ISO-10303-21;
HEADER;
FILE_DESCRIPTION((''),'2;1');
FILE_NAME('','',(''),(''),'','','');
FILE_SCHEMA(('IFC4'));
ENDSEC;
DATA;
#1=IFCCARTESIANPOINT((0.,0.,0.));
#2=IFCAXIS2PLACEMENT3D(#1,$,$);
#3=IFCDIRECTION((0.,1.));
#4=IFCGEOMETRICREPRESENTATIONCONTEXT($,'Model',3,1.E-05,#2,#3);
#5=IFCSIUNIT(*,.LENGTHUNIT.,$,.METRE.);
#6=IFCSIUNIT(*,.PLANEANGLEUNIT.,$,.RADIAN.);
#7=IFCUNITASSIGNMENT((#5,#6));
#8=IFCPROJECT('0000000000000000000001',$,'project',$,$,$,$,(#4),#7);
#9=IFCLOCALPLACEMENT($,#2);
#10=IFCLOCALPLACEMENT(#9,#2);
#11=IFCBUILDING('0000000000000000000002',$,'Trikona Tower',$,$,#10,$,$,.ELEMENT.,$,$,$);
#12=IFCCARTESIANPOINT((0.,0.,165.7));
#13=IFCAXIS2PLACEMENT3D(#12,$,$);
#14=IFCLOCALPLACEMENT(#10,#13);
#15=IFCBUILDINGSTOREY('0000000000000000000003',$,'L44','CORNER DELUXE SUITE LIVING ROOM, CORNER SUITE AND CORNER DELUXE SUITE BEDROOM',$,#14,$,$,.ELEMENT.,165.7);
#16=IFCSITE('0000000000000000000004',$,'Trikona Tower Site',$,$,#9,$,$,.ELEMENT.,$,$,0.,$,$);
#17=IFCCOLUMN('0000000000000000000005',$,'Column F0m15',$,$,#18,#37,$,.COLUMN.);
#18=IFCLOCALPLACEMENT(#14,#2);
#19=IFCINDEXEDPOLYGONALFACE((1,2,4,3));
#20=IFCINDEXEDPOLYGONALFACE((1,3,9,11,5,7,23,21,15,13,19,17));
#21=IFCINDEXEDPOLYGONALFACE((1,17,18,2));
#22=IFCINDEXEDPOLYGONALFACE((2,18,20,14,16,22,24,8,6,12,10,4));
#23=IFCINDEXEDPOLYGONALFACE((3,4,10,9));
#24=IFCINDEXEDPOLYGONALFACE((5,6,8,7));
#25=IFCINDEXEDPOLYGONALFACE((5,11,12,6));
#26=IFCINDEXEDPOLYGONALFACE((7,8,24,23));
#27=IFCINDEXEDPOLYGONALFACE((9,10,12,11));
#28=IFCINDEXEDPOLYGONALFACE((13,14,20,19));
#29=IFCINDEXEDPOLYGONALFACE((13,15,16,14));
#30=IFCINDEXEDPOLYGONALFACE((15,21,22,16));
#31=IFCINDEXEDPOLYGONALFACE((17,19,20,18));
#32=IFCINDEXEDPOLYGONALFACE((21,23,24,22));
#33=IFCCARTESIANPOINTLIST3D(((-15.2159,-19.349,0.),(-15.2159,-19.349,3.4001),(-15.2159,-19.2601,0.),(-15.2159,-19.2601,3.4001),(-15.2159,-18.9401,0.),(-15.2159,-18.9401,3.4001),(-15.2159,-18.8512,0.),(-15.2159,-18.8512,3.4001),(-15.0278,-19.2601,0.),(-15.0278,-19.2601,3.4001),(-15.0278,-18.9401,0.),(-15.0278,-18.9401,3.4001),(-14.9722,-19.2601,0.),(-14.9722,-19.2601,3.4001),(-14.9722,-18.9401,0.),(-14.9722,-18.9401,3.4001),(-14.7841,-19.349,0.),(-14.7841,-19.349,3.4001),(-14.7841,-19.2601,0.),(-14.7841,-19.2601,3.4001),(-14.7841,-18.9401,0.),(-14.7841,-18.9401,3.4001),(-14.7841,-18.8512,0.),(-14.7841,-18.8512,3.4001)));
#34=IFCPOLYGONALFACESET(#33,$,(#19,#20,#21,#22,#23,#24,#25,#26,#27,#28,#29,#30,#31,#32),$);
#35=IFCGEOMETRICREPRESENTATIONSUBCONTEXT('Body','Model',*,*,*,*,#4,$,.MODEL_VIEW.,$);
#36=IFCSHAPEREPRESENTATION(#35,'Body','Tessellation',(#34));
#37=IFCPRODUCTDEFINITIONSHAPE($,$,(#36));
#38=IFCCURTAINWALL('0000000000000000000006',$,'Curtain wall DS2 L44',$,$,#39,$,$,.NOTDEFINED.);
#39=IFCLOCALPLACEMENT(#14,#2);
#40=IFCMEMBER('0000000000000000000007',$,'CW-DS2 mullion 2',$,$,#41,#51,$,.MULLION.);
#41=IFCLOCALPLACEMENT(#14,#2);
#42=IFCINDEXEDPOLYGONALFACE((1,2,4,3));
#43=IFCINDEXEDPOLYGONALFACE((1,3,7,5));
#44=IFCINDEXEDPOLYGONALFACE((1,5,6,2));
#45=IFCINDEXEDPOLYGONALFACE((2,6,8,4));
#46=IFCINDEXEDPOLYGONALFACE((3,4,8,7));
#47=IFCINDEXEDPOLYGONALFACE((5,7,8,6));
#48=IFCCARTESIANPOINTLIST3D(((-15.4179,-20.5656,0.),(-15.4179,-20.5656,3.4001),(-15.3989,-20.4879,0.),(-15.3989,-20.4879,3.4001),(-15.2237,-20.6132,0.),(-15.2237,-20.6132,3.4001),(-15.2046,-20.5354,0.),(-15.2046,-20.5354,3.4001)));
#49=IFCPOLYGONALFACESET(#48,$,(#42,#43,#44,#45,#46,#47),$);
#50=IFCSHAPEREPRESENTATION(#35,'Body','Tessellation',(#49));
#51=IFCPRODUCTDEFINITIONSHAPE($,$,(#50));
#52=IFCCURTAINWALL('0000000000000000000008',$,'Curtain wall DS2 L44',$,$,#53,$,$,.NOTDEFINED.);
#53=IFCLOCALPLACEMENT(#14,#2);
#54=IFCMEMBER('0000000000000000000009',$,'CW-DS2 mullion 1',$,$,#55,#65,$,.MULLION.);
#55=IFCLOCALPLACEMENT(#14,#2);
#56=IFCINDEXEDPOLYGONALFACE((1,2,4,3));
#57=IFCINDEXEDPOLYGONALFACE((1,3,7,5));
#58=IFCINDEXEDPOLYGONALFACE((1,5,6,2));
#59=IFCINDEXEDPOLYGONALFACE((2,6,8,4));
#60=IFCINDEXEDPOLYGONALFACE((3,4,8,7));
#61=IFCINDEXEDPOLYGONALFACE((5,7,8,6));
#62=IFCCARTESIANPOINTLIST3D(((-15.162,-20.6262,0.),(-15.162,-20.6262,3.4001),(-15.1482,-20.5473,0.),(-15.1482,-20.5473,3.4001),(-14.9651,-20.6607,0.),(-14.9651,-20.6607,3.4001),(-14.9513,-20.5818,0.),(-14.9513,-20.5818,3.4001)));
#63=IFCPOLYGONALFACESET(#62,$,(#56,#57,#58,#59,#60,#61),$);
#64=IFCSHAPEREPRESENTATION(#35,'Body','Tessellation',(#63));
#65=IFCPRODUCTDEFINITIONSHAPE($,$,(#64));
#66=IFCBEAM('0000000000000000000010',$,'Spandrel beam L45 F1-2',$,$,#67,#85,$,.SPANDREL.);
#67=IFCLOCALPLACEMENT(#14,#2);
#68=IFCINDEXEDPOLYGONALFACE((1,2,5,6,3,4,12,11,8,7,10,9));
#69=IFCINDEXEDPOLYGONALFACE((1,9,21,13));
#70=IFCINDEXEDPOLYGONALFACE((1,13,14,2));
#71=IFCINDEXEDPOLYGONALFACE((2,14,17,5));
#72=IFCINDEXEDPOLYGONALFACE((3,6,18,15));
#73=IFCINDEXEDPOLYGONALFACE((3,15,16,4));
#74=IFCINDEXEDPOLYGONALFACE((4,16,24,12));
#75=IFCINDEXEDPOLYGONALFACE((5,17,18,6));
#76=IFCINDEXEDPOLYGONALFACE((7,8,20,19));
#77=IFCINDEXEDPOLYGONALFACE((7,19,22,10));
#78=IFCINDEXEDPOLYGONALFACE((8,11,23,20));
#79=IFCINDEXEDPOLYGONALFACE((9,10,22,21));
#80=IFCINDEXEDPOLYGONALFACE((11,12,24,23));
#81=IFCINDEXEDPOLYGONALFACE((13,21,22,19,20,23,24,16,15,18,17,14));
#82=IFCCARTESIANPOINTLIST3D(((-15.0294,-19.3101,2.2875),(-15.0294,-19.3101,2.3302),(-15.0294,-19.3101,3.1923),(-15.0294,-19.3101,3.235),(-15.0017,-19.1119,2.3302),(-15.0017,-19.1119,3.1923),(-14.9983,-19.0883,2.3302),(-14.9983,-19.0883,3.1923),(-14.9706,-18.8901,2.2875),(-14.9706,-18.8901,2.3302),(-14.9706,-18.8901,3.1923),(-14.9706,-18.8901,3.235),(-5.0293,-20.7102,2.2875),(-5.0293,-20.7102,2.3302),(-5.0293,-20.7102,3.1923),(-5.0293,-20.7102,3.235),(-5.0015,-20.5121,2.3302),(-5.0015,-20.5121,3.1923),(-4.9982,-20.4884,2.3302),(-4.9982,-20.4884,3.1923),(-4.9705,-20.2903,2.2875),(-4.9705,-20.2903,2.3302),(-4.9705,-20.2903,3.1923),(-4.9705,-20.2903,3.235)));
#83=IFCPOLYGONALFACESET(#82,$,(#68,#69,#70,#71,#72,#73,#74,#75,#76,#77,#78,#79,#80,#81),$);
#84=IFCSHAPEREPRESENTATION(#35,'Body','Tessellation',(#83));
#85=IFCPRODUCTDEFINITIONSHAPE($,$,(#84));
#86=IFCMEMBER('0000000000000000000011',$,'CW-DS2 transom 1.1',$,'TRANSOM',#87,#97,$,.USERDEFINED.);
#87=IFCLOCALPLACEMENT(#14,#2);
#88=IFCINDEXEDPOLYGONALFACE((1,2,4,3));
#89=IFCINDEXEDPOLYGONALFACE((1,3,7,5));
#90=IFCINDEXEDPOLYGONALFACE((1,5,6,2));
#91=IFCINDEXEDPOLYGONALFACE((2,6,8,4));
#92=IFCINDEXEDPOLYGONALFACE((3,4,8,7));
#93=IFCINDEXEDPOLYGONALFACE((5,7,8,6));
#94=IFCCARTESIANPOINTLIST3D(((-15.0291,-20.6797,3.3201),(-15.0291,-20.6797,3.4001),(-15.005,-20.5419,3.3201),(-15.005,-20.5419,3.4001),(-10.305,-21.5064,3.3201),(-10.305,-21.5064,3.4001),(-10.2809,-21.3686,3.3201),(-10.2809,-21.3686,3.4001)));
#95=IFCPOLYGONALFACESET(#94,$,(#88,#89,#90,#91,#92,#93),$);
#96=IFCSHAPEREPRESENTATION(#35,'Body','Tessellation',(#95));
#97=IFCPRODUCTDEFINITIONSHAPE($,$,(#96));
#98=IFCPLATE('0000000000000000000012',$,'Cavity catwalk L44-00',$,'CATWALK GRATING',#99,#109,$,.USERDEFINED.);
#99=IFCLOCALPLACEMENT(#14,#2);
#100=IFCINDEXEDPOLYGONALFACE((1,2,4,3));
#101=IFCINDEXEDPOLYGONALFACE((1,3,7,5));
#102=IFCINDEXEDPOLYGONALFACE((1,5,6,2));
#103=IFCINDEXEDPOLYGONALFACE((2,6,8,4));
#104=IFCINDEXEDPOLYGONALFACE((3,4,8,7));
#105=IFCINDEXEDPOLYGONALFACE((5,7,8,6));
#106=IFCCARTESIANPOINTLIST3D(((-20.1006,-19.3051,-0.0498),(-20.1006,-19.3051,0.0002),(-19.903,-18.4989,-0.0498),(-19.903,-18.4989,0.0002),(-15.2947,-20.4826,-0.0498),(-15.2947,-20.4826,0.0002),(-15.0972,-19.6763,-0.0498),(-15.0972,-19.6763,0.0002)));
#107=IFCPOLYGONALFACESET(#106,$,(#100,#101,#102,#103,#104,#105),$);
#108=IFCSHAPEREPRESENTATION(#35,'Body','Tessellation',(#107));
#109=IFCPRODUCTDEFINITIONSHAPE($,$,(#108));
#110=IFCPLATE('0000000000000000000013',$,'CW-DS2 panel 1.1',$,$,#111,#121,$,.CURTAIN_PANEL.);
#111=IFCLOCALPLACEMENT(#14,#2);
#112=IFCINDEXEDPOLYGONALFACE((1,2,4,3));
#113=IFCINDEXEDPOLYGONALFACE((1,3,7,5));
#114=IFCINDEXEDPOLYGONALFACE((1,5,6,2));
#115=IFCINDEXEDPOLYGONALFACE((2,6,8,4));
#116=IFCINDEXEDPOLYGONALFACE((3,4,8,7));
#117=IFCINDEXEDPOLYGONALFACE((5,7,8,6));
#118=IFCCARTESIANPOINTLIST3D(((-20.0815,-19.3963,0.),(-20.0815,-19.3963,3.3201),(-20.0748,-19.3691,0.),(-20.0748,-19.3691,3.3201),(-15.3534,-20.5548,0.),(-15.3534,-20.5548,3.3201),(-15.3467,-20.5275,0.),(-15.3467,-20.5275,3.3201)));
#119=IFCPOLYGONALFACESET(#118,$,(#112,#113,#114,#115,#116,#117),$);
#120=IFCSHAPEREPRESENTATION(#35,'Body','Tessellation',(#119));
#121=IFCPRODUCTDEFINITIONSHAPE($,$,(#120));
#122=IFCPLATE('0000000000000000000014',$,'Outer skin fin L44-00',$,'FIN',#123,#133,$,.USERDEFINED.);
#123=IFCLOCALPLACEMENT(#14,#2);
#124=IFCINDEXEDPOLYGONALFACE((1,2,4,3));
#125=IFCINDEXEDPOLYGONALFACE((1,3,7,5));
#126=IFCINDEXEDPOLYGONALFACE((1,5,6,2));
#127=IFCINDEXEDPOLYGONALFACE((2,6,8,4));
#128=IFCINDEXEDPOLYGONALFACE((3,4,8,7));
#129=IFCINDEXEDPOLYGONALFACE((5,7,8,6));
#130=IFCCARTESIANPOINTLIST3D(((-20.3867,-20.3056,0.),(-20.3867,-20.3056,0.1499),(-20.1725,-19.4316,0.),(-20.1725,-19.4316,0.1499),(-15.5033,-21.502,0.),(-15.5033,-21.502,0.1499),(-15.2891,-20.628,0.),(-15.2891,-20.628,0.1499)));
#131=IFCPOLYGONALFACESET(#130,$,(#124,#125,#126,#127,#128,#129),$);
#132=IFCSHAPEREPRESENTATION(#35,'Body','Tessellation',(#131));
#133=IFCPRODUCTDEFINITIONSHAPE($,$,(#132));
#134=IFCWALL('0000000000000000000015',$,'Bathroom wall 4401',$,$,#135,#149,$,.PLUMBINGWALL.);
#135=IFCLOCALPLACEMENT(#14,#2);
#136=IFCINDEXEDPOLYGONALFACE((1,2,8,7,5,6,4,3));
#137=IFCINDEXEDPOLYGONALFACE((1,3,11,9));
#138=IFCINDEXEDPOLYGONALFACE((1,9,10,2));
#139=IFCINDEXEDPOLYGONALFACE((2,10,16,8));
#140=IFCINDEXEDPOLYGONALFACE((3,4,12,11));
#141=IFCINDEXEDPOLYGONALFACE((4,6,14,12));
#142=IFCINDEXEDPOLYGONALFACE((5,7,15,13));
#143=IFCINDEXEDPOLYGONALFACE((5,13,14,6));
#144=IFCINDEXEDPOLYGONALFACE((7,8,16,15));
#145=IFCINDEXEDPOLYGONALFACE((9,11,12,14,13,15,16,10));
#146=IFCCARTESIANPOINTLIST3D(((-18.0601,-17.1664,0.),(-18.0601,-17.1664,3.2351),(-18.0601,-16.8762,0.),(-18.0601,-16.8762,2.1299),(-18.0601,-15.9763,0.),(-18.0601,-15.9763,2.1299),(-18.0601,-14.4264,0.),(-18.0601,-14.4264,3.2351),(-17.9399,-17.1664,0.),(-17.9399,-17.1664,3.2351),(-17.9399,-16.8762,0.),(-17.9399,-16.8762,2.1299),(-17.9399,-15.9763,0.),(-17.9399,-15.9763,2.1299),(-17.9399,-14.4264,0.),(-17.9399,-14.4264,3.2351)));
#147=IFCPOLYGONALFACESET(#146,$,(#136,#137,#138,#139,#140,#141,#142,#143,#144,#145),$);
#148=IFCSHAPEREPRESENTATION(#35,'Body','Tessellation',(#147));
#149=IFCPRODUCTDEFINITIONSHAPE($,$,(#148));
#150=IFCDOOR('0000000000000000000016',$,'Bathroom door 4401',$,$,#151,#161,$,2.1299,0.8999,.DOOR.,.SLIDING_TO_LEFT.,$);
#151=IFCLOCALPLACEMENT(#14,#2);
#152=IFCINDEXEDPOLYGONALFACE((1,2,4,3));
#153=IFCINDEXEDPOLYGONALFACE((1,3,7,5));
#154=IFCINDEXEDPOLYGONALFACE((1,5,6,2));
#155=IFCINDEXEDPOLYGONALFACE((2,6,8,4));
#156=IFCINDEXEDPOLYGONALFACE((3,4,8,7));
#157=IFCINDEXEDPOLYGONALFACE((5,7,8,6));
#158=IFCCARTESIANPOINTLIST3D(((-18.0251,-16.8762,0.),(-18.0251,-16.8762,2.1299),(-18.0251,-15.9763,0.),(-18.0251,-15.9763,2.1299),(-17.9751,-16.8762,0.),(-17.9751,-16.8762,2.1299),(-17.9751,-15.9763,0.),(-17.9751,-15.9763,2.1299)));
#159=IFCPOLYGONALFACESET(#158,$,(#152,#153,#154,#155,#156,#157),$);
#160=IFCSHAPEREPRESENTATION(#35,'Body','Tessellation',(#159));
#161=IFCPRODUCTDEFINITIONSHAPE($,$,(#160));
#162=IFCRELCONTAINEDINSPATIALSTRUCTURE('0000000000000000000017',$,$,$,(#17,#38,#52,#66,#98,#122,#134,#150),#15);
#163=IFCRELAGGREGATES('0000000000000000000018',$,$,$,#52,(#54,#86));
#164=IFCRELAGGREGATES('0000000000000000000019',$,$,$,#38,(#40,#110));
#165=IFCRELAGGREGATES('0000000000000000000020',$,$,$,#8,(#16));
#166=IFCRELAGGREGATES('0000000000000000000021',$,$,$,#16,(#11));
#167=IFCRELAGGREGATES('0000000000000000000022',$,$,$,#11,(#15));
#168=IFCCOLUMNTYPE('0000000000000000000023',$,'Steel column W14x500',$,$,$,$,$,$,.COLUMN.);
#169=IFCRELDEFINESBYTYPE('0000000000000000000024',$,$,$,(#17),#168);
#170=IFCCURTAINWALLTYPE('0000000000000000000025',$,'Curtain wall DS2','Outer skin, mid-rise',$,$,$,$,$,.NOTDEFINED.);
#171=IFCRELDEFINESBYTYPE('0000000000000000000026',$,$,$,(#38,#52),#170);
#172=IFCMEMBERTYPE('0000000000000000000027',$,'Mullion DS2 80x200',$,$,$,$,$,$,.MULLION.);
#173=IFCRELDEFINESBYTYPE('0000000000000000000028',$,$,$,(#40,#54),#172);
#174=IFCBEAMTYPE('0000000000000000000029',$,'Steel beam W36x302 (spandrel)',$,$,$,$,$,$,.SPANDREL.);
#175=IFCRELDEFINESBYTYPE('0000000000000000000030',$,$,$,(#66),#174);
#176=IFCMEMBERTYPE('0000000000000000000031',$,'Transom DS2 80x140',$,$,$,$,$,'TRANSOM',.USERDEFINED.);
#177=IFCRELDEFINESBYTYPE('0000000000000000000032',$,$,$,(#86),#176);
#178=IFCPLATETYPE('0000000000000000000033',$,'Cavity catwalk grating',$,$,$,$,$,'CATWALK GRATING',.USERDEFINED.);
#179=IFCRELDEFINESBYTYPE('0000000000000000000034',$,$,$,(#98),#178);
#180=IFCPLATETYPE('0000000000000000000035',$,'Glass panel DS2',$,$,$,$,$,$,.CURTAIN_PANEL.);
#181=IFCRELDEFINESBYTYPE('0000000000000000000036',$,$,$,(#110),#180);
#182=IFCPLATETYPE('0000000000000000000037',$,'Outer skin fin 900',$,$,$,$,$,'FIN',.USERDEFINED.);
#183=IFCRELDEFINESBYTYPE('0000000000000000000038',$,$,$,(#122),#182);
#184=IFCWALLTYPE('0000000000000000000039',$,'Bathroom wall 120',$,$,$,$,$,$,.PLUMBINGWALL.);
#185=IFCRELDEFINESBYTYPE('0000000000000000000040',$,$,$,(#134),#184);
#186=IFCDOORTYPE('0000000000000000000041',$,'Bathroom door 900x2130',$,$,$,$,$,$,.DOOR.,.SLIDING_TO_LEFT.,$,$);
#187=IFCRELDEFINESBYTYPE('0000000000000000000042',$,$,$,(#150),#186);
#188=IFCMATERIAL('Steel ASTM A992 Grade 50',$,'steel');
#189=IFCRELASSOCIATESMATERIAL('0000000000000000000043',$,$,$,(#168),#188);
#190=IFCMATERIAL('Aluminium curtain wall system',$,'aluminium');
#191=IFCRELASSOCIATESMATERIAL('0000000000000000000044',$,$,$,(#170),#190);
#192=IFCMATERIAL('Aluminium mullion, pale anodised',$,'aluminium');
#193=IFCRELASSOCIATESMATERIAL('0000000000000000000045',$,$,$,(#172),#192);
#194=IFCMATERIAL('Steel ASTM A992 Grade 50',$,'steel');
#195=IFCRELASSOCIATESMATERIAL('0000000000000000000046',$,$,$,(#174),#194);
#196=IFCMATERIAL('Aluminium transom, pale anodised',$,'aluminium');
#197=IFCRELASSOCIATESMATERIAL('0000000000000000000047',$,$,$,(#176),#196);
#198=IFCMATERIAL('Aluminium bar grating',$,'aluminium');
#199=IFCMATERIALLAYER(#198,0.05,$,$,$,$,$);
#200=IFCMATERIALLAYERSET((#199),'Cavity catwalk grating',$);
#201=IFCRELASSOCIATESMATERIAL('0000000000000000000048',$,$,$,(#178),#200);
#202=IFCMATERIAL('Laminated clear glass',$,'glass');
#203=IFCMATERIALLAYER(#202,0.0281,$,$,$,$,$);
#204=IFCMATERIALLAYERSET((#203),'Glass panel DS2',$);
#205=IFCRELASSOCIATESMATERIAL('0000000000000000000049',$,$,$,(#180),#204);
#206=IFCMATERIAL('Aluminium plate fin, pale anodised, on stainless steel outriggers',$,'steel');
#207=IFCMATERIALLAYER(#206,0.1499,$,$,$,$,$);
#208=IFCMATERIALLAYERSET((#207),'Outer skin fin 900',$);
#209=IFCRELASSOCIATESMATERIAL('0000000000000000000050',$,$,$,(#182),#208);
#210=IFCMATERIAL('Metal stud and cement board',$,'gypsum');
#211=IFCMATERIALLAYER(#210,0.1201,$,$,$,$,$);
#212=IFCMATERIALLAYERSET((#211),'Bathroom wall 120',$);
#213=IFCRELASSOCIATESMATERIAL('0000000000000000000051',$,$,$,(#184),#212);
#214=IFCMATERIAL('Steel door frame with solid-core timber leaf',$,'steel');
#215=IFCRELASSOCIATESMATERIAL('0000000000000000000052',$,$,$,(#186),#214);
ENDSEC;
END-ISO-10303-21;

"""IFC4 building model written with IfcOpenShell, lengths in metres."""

from ifc_helpers import new_model, si_unit, direction, frame, frame_2d, origin, origin_2d, place, context, subcontext, project, spatial, rectangle, i_section, extrude, material, layer, layer_set, material_profile, profile_set, type_object, element, fill, aggregate, save


model = new_model("IFC4")

# Units and contexts
model_context = context("Model", 3, precision=1e-05, world=origin(), true_north=direction((0.0, 1.0)))
body_context = subcontext(model_context, "Body", "Model", "MODEL_VIEW")
ifc_project = project(units=[si_unit("LENGTHUNIT", "METRE"), si_unit("PLANEANGLEUNIT", "RADIAN")], contexts=[model_context])

# Site, building, storey
site_placement = place(None, origin())
site = spatial("IfcSite", under=ifc_project, at=site_placement, Name="Trikona Tower Site", CompositionType="ELEMENT", RefElevation=0.0)
building_placement = place(site_placement, origin())
building = spatial("IfcBuilding", under=site, at=building_placement, Name="Trikona Tower", CompositionType="ELEMENT")
storey_placement = place(building_placement, frame((0.0, 0.0, 165.7)))
storey = spatial("IfcBuildingStorey", under=building, at=storey_placement, Name="L44", Description="CORNER DELUXE SUITE LIVING ROOM, CORNER SUITE AND CORNER DELUXE SUITE BEDROOM", CompositionType="ELEMENT", Elevation=165.7)

# Column
ifc_material_1 = material(Name="Steel ASTM A992 Grade 50", Category="steel")
ifc_material_profile_1 = material_profile(ifc_material_1, i_section(OverallWidth=0.4319, OverallDepth=0.4978, WebThickness=0.0557, FlangeThickness=0.0889, at=origin_2d()), Name="W14X500")
ifc_profile_set_1 = profile_set([ifc_material_profile_1], Name="Steel ASTM A992 Grade 50")
column_type = type_object("IfcColumnType", Name="Steel column W14x500", PredefinedType="COLUMN", material=ifc_profile_set_1)
column_placement = place(storey_placement, frame((-15.0, -19.1001, 0.0), z_axis=(0.0, 0.0, 1.0), x_axis=(1.0, 0.0, 0.0)))
element("IfcColumn", 1, at=column_placement, inside=storey, type_object=column_type, Name="Column F0m15", PredefinedType="COLUMN", context=body_context, shape_type="SweptSolid", body=[
    extrude(i_section(OverallWidth=0.4319, OverallDepth=0.4978, WebThickness=0.0557, FlangeThickness=0.0889, at=origin_2d()), origin(), (0.0, 0.0, 1.0), 3.4001),
])

# Curtain walls, members
ifc_material_2 = material(Name="Aluminium curtain wall system", Category="aluminium")
curtain_wall_type = type_object("IfcCurtainWallType", Name="Curtain wall DS2", Description="Outer skin, mid-rise", PredefinedType="NOTDEFINED", material=ifc_material_2)
curtain_wall_1_placement = place(storey_placement, origin())
curtain_wall_1 = element("IfcCurtainWall", 2, at=curtain_wall_1_placement, inside=storey, type_object=curtain_wall_type, Name="Curtain wall DS2 L44", PredefinedType="NOTDEFINED")
ifc_material_3 = material(Name="Aluminium mullion, pale anodised", Category="aluminium")
ifc_material_profile_2 = material_profile(ifc_material_3, rectangle(XDim=0.0801, YDim=0.2, at=origin_2d()), Name="MUL-DS2")
ifc_profile_set_2 = profile_set([ifc_material_profile_2], Name="Aluminium mullion, pale anodised")
member_type_1 = type_object("IfcMemberType", Name="Mullion DS2 80x200", PredefinedType="MULLION", material=ifc_profile_set_2)
member_1_placement = place(storey_placement, frame((-15.3113, -20.5505, 0.0), z_axis=(0.0, 0.0, 1.0), x_axis=(0.23797, 0.971272, 0.0)))
member_1 = element("IfcMember", 3, at=member_1_placement, type_object=member_type_1, Name="CW-DS2 mullion 2", PredefinedType="MULLION", context=body_context, shape_type="SweptSolid", body=[
    extrude(rectangle(XDim=0.0801, YDim=0.2, at=origin_2d()), origin(), (0.0, 0.0, 1.0), 3.4001),
])
curtain_wall_2_placement = place(storey_placement, origin())
curtain_wall_2 = element("IfcCurtainWall", 4, at=curtain_wall_2_placement, inside=storey, type_object=curtain_wall_type, Name="Curtain wall DS2 L44", PredefinedType="NOTDEFINED")
member_2_placement = place(storey_placement, frame((-15.0566, -20.604, 0.0), z_axis=(0.0, 0.0, 1.0), x_axis=(0.172377, 0.985031, 0.0)))
member_2 = element("IfcMember", 5, at=member_2_placement, type_object=member_type_1, Name="CW-DS2 mullion 1", PredefinedType="MULLION", context=body_context, shape_type="SweptSolid", body=[
    extrude(rectangle(XDim=0.0801, YDim=0.2, at=origin_2d()), origin(), (0.0, 0.0, 1.0), 3.4001),
])

# Beam
ifc_material_4 = material(Name="Steel ASTM A992 Grade 50", Category="steel")
ifc_material_profile_3 = material_profile(ifc_material_4, i_section(OverallWidth=0.4241, OverallDepth=0.9475, WebThickness=0.0239, FlangeThickness=0.0427, at=origin_2d()), Name="W36X302")
ifc_profile_set_3 = profile_set([ifc_material_profile_3], Name="Steel ASTM A992 Grade 50")
beam_type = type_object("IfcBeamType", Name="Steel beam W36x302 (spandrel)", PredefinedType="SPANDREL", material=ifc_profile_set_3)
beam_placement = place(storey_placement, frame((-15.0, -19.1001, 2.7612), z_axis=(0.99034, -0.138662, 0.0), x_axis=(0.138662, 0.99034, 0.0)))
element("IfcBeam", 6, at=beam_placement, inside=storey, type_object=beam_type, Name="Spandrel beam L45 F1-2", PredefinedType="SPANDREL", context=body_context, shape_type="SweptSolid", body=[
    extrude(i_section(OverallWidth=0.4241, OverallDepth=0.9475, WebThickness=0.0239, FlangeThickness=0.0427, at=origin_2d()), origin(), (0.0, 0.0, 1.0), 10.0977),
])

# Member
ifc_material_5 = material(Name="Aluminium transom, pale anodised", Category="aluminium")
ifc_material_profile_4 = material_profile(ifc_material_5, rectangle(XDim=0.1399, YDim=0.0801, at=origin_2d()), Name="TRN-DS2")
ifc_profile_set_4 = profile_set([ifc_material_profile_4], Name="Aluminium transom, pale anodised")
member_type_2 = type_object("IfcMemberType", Name="Transom DS2 80x140", ElementType="TRANSOM", PredefinedType="USERDEFINED", material=ifc_profile_set_4)
member_3_placement = place(storey_placement, frame((-15.0171, -20.6108, 3.3601), z_axis=(0.985033, -0.172368, 0.0), x_axis=(0.172368, 0.985033, 0.0)))
member_3 = element("IfcMember", 7, at=member_3_placement, type_object=member_type_2, Name="CW-DS2 transom 1.1", ObjectType="TRANSOM", PredefinedType="USERDEFINED", context=body_context, shape_type="SweptSolid", body=[
    extrude(rectangle(XDim=0.1399, YDim=0.0801, at=origin_2d()), origin(), (0.0, 0.0, 1.0), 4.7959),
])
aggregate(curtain_wall_2, [member_2, member_3])

# Plates
ifc_material_6 = material(Name="Aluminium bar grating", Category="aluminium")
ifc_layer_1 = layer(ifc_material_6, 0.05)
ifc_layer_set_1 = layer_set([ifc_layer_1], Name="Cavity catwalk grating")
plate_type_1 = type_object("IfcPlateType", Name="Cavity catwalk grating", ElementType="CATWALK GRATING", PredefinedType="USERDEFINED", material=ifc_layer_set_1)
plate_1_placement = place(storey_placement, frame((-17.5989, -19.4907, -0.0498), z_axis=(0.0, 0.0, 1.0), x_axis=(0.971274, -0.237962, 0.0)))
element("IfcPlate", 8, at=plate_1_placement, inside=storey, type_object=plate_type_1, Name="Cavity catwalk L44-00", ObjectType="CATWALK GRATING", PredefinedType="USERDEFINED", context=body_context, shape_type="SweptSolid", body=[
    extrude(rectangle(XDim=4.948, YDim=0.8301, at=origin_2d()), origin(), (0.0, 0.0, 1.0), 0.05),
])
ifc_material_7 = material(Name="Laminated clear glass", Category="glass")
ifc_layer_2 = layer(ifc_material_7, 0.0281)
ifc_layer_set_2 = layer_set([ifc_layer_2], Name="Glass panel DS2")
plate_type_2 = type_object("IfcPlateType", Name="Glass panel DS2", PredefinedType="CURTAIN_PANEL", material=ifc_layer_set_2)
plate_2_placement = place(storey_placement, frame((-17.7141, -19.9619, 0.0), z_axis=(0.0, 0.0, 1.0), x_axis=(0.971272, -0.23797, 0.0)))
plate_2 = element("IfcPlate", 9, at=plate_2_placement, type_object=plate_type_2, Name="CW-DS2 panel 1.1", PredefinedType="CURTAIN_PANEL", context=body_context, shape_type="SweptSolid", body=[
    extrude(rectangle(XDim=4.8679, YDim=0.0281, at=origin_2d()), origin(), (0.0, 0.0, 1.0), 3.3201),
])
aggregate(curtain_wall_1, [member_1, plate_2])
ifc_material_8 = material(Name="Aluminium plate fin, pale anodised, on stainless steel outriggers", Category="steel")
ifc_layer_3 = layer(ifc_material_8, 0.1499)
ifc_layer_set_3 = layer_set([ifc_layer_3], Name="Outer skin fin 900")
plate_type_3 = type_object("IfcPlateType", Name="Outer skin fin 900", ElementType="FIN", PredefinedType="USERDEFINED", material=ifc_layer_set_3)
plate_3_placement = place(storey_placement, frame((-17.8379, -20.4668, 0.0), z_axis=(0.0, 0.0, 1.0), x_axis=(0.971274, -0.237962, 0.0)))
element("IfcPlate", 10, at=plate_3_placement, inside=storey, type_object=plate_type_3, Name="Outer skin fin L44-00", ObjectType="FIN", PredefinedType="USERDEFINED", context=body_context, shape_type="SweptSolid", body=[
    extrude(rectangle(XDim=5.0278, YDim=0.8999, at=origin_2d()), origin(), (0.0, 0.0, 1.0), 0.1499),
])

# Wall, opening, door
ifc_material_9 = material(Name="Metal stud and cement board", Category="gypsum")
ifc_layer_4 = layer(ifc_material_9, 0.1201)
ifc_layer_set_4 = layer_set([ifc_layer_4], Name="Bathroom wall 120")
wall_type_1 = type_object("IfcWallType", Name="Bathroom wall 120", PredefinedType="PLUMBINGWALL", material=ifc_layer_set_4)
wall_1_placement = place(storey_placement, frame((-18.0, -14.4263, 0.0), z_axis=(0.0, 0.0, 1.0), x_axis=(0.0, -1.0, 0.0)))
wall_1 = element("IfcWall", 11, at=wall_1_placement, inside=storey, type_object=wall_type_1, Name="Bathroom wall 4401", PredefinedType="PLUMBINGWALL", context=body_context, shape_type="SweptSolid", body=[
    extrude(rectangle(XDim=2.74, YDim=0.1201, at=frame_2d((1.3701, 0.0))), origin(), (0.0, 0.0, 1.0), 3.2351),
])
opening_1_placement = place(wall_1_placement, frame((1.55, 0.0, 0.0)))
opening_1 = element("IfcOpeningElement", 12, at=opening_1_placement, cuts=wall_1, PredefinedType="OPENING", context=body_context, shape_type="SweptSolid", body=[
    extrude(rectangle(XDim=0.8999, YDim=2.1299, at=frame_2d((0.45, 1.0649))), frame((0.0, 0.0701, 0.0), z_axis=(0.0, -1.0, 0.0), x_axis=(1.0, 0.0, 0.0)), (0.0, 0.0, 1.0), 0.1401),
])
ifc_material_10 = material(Name="Steel door frame with solid-core timber leaf", Category="steel")
door_type = type_object("IfcDoorType", Name="Bathroom door 900x2130", OperationType="SLIDING_TO_LEFT", PredefinedType="DOOR", material=ifc_material_10)
door_placement = place(opening_1_placement, origin())
door = element("IfcDoor", 13, at=door_placement, inside=storey, type_object=door_type, Name="Bathroom door 4401", OperationType="SLIDING_TO_LEFT", OverallHeight=2.1299, OverallWidth=0.8999, PredefinedType="DOOR", context=body_context, shape_type="SweptSolid", body=[
    extrude(rectangle(XDim=0.8999, YDim=2.1299, at=frame_2d((0.45, 1.0649))), frame((0.0, 0.0249, 0.0), z_axis=(0.0, -1.0, 0.0), x_axis=(1.0, 0.0, 0.0)), (0.0, 0.0, 1.0), 0.05),
])
fill(opening_1, door)

save(model, "model.ifc")
